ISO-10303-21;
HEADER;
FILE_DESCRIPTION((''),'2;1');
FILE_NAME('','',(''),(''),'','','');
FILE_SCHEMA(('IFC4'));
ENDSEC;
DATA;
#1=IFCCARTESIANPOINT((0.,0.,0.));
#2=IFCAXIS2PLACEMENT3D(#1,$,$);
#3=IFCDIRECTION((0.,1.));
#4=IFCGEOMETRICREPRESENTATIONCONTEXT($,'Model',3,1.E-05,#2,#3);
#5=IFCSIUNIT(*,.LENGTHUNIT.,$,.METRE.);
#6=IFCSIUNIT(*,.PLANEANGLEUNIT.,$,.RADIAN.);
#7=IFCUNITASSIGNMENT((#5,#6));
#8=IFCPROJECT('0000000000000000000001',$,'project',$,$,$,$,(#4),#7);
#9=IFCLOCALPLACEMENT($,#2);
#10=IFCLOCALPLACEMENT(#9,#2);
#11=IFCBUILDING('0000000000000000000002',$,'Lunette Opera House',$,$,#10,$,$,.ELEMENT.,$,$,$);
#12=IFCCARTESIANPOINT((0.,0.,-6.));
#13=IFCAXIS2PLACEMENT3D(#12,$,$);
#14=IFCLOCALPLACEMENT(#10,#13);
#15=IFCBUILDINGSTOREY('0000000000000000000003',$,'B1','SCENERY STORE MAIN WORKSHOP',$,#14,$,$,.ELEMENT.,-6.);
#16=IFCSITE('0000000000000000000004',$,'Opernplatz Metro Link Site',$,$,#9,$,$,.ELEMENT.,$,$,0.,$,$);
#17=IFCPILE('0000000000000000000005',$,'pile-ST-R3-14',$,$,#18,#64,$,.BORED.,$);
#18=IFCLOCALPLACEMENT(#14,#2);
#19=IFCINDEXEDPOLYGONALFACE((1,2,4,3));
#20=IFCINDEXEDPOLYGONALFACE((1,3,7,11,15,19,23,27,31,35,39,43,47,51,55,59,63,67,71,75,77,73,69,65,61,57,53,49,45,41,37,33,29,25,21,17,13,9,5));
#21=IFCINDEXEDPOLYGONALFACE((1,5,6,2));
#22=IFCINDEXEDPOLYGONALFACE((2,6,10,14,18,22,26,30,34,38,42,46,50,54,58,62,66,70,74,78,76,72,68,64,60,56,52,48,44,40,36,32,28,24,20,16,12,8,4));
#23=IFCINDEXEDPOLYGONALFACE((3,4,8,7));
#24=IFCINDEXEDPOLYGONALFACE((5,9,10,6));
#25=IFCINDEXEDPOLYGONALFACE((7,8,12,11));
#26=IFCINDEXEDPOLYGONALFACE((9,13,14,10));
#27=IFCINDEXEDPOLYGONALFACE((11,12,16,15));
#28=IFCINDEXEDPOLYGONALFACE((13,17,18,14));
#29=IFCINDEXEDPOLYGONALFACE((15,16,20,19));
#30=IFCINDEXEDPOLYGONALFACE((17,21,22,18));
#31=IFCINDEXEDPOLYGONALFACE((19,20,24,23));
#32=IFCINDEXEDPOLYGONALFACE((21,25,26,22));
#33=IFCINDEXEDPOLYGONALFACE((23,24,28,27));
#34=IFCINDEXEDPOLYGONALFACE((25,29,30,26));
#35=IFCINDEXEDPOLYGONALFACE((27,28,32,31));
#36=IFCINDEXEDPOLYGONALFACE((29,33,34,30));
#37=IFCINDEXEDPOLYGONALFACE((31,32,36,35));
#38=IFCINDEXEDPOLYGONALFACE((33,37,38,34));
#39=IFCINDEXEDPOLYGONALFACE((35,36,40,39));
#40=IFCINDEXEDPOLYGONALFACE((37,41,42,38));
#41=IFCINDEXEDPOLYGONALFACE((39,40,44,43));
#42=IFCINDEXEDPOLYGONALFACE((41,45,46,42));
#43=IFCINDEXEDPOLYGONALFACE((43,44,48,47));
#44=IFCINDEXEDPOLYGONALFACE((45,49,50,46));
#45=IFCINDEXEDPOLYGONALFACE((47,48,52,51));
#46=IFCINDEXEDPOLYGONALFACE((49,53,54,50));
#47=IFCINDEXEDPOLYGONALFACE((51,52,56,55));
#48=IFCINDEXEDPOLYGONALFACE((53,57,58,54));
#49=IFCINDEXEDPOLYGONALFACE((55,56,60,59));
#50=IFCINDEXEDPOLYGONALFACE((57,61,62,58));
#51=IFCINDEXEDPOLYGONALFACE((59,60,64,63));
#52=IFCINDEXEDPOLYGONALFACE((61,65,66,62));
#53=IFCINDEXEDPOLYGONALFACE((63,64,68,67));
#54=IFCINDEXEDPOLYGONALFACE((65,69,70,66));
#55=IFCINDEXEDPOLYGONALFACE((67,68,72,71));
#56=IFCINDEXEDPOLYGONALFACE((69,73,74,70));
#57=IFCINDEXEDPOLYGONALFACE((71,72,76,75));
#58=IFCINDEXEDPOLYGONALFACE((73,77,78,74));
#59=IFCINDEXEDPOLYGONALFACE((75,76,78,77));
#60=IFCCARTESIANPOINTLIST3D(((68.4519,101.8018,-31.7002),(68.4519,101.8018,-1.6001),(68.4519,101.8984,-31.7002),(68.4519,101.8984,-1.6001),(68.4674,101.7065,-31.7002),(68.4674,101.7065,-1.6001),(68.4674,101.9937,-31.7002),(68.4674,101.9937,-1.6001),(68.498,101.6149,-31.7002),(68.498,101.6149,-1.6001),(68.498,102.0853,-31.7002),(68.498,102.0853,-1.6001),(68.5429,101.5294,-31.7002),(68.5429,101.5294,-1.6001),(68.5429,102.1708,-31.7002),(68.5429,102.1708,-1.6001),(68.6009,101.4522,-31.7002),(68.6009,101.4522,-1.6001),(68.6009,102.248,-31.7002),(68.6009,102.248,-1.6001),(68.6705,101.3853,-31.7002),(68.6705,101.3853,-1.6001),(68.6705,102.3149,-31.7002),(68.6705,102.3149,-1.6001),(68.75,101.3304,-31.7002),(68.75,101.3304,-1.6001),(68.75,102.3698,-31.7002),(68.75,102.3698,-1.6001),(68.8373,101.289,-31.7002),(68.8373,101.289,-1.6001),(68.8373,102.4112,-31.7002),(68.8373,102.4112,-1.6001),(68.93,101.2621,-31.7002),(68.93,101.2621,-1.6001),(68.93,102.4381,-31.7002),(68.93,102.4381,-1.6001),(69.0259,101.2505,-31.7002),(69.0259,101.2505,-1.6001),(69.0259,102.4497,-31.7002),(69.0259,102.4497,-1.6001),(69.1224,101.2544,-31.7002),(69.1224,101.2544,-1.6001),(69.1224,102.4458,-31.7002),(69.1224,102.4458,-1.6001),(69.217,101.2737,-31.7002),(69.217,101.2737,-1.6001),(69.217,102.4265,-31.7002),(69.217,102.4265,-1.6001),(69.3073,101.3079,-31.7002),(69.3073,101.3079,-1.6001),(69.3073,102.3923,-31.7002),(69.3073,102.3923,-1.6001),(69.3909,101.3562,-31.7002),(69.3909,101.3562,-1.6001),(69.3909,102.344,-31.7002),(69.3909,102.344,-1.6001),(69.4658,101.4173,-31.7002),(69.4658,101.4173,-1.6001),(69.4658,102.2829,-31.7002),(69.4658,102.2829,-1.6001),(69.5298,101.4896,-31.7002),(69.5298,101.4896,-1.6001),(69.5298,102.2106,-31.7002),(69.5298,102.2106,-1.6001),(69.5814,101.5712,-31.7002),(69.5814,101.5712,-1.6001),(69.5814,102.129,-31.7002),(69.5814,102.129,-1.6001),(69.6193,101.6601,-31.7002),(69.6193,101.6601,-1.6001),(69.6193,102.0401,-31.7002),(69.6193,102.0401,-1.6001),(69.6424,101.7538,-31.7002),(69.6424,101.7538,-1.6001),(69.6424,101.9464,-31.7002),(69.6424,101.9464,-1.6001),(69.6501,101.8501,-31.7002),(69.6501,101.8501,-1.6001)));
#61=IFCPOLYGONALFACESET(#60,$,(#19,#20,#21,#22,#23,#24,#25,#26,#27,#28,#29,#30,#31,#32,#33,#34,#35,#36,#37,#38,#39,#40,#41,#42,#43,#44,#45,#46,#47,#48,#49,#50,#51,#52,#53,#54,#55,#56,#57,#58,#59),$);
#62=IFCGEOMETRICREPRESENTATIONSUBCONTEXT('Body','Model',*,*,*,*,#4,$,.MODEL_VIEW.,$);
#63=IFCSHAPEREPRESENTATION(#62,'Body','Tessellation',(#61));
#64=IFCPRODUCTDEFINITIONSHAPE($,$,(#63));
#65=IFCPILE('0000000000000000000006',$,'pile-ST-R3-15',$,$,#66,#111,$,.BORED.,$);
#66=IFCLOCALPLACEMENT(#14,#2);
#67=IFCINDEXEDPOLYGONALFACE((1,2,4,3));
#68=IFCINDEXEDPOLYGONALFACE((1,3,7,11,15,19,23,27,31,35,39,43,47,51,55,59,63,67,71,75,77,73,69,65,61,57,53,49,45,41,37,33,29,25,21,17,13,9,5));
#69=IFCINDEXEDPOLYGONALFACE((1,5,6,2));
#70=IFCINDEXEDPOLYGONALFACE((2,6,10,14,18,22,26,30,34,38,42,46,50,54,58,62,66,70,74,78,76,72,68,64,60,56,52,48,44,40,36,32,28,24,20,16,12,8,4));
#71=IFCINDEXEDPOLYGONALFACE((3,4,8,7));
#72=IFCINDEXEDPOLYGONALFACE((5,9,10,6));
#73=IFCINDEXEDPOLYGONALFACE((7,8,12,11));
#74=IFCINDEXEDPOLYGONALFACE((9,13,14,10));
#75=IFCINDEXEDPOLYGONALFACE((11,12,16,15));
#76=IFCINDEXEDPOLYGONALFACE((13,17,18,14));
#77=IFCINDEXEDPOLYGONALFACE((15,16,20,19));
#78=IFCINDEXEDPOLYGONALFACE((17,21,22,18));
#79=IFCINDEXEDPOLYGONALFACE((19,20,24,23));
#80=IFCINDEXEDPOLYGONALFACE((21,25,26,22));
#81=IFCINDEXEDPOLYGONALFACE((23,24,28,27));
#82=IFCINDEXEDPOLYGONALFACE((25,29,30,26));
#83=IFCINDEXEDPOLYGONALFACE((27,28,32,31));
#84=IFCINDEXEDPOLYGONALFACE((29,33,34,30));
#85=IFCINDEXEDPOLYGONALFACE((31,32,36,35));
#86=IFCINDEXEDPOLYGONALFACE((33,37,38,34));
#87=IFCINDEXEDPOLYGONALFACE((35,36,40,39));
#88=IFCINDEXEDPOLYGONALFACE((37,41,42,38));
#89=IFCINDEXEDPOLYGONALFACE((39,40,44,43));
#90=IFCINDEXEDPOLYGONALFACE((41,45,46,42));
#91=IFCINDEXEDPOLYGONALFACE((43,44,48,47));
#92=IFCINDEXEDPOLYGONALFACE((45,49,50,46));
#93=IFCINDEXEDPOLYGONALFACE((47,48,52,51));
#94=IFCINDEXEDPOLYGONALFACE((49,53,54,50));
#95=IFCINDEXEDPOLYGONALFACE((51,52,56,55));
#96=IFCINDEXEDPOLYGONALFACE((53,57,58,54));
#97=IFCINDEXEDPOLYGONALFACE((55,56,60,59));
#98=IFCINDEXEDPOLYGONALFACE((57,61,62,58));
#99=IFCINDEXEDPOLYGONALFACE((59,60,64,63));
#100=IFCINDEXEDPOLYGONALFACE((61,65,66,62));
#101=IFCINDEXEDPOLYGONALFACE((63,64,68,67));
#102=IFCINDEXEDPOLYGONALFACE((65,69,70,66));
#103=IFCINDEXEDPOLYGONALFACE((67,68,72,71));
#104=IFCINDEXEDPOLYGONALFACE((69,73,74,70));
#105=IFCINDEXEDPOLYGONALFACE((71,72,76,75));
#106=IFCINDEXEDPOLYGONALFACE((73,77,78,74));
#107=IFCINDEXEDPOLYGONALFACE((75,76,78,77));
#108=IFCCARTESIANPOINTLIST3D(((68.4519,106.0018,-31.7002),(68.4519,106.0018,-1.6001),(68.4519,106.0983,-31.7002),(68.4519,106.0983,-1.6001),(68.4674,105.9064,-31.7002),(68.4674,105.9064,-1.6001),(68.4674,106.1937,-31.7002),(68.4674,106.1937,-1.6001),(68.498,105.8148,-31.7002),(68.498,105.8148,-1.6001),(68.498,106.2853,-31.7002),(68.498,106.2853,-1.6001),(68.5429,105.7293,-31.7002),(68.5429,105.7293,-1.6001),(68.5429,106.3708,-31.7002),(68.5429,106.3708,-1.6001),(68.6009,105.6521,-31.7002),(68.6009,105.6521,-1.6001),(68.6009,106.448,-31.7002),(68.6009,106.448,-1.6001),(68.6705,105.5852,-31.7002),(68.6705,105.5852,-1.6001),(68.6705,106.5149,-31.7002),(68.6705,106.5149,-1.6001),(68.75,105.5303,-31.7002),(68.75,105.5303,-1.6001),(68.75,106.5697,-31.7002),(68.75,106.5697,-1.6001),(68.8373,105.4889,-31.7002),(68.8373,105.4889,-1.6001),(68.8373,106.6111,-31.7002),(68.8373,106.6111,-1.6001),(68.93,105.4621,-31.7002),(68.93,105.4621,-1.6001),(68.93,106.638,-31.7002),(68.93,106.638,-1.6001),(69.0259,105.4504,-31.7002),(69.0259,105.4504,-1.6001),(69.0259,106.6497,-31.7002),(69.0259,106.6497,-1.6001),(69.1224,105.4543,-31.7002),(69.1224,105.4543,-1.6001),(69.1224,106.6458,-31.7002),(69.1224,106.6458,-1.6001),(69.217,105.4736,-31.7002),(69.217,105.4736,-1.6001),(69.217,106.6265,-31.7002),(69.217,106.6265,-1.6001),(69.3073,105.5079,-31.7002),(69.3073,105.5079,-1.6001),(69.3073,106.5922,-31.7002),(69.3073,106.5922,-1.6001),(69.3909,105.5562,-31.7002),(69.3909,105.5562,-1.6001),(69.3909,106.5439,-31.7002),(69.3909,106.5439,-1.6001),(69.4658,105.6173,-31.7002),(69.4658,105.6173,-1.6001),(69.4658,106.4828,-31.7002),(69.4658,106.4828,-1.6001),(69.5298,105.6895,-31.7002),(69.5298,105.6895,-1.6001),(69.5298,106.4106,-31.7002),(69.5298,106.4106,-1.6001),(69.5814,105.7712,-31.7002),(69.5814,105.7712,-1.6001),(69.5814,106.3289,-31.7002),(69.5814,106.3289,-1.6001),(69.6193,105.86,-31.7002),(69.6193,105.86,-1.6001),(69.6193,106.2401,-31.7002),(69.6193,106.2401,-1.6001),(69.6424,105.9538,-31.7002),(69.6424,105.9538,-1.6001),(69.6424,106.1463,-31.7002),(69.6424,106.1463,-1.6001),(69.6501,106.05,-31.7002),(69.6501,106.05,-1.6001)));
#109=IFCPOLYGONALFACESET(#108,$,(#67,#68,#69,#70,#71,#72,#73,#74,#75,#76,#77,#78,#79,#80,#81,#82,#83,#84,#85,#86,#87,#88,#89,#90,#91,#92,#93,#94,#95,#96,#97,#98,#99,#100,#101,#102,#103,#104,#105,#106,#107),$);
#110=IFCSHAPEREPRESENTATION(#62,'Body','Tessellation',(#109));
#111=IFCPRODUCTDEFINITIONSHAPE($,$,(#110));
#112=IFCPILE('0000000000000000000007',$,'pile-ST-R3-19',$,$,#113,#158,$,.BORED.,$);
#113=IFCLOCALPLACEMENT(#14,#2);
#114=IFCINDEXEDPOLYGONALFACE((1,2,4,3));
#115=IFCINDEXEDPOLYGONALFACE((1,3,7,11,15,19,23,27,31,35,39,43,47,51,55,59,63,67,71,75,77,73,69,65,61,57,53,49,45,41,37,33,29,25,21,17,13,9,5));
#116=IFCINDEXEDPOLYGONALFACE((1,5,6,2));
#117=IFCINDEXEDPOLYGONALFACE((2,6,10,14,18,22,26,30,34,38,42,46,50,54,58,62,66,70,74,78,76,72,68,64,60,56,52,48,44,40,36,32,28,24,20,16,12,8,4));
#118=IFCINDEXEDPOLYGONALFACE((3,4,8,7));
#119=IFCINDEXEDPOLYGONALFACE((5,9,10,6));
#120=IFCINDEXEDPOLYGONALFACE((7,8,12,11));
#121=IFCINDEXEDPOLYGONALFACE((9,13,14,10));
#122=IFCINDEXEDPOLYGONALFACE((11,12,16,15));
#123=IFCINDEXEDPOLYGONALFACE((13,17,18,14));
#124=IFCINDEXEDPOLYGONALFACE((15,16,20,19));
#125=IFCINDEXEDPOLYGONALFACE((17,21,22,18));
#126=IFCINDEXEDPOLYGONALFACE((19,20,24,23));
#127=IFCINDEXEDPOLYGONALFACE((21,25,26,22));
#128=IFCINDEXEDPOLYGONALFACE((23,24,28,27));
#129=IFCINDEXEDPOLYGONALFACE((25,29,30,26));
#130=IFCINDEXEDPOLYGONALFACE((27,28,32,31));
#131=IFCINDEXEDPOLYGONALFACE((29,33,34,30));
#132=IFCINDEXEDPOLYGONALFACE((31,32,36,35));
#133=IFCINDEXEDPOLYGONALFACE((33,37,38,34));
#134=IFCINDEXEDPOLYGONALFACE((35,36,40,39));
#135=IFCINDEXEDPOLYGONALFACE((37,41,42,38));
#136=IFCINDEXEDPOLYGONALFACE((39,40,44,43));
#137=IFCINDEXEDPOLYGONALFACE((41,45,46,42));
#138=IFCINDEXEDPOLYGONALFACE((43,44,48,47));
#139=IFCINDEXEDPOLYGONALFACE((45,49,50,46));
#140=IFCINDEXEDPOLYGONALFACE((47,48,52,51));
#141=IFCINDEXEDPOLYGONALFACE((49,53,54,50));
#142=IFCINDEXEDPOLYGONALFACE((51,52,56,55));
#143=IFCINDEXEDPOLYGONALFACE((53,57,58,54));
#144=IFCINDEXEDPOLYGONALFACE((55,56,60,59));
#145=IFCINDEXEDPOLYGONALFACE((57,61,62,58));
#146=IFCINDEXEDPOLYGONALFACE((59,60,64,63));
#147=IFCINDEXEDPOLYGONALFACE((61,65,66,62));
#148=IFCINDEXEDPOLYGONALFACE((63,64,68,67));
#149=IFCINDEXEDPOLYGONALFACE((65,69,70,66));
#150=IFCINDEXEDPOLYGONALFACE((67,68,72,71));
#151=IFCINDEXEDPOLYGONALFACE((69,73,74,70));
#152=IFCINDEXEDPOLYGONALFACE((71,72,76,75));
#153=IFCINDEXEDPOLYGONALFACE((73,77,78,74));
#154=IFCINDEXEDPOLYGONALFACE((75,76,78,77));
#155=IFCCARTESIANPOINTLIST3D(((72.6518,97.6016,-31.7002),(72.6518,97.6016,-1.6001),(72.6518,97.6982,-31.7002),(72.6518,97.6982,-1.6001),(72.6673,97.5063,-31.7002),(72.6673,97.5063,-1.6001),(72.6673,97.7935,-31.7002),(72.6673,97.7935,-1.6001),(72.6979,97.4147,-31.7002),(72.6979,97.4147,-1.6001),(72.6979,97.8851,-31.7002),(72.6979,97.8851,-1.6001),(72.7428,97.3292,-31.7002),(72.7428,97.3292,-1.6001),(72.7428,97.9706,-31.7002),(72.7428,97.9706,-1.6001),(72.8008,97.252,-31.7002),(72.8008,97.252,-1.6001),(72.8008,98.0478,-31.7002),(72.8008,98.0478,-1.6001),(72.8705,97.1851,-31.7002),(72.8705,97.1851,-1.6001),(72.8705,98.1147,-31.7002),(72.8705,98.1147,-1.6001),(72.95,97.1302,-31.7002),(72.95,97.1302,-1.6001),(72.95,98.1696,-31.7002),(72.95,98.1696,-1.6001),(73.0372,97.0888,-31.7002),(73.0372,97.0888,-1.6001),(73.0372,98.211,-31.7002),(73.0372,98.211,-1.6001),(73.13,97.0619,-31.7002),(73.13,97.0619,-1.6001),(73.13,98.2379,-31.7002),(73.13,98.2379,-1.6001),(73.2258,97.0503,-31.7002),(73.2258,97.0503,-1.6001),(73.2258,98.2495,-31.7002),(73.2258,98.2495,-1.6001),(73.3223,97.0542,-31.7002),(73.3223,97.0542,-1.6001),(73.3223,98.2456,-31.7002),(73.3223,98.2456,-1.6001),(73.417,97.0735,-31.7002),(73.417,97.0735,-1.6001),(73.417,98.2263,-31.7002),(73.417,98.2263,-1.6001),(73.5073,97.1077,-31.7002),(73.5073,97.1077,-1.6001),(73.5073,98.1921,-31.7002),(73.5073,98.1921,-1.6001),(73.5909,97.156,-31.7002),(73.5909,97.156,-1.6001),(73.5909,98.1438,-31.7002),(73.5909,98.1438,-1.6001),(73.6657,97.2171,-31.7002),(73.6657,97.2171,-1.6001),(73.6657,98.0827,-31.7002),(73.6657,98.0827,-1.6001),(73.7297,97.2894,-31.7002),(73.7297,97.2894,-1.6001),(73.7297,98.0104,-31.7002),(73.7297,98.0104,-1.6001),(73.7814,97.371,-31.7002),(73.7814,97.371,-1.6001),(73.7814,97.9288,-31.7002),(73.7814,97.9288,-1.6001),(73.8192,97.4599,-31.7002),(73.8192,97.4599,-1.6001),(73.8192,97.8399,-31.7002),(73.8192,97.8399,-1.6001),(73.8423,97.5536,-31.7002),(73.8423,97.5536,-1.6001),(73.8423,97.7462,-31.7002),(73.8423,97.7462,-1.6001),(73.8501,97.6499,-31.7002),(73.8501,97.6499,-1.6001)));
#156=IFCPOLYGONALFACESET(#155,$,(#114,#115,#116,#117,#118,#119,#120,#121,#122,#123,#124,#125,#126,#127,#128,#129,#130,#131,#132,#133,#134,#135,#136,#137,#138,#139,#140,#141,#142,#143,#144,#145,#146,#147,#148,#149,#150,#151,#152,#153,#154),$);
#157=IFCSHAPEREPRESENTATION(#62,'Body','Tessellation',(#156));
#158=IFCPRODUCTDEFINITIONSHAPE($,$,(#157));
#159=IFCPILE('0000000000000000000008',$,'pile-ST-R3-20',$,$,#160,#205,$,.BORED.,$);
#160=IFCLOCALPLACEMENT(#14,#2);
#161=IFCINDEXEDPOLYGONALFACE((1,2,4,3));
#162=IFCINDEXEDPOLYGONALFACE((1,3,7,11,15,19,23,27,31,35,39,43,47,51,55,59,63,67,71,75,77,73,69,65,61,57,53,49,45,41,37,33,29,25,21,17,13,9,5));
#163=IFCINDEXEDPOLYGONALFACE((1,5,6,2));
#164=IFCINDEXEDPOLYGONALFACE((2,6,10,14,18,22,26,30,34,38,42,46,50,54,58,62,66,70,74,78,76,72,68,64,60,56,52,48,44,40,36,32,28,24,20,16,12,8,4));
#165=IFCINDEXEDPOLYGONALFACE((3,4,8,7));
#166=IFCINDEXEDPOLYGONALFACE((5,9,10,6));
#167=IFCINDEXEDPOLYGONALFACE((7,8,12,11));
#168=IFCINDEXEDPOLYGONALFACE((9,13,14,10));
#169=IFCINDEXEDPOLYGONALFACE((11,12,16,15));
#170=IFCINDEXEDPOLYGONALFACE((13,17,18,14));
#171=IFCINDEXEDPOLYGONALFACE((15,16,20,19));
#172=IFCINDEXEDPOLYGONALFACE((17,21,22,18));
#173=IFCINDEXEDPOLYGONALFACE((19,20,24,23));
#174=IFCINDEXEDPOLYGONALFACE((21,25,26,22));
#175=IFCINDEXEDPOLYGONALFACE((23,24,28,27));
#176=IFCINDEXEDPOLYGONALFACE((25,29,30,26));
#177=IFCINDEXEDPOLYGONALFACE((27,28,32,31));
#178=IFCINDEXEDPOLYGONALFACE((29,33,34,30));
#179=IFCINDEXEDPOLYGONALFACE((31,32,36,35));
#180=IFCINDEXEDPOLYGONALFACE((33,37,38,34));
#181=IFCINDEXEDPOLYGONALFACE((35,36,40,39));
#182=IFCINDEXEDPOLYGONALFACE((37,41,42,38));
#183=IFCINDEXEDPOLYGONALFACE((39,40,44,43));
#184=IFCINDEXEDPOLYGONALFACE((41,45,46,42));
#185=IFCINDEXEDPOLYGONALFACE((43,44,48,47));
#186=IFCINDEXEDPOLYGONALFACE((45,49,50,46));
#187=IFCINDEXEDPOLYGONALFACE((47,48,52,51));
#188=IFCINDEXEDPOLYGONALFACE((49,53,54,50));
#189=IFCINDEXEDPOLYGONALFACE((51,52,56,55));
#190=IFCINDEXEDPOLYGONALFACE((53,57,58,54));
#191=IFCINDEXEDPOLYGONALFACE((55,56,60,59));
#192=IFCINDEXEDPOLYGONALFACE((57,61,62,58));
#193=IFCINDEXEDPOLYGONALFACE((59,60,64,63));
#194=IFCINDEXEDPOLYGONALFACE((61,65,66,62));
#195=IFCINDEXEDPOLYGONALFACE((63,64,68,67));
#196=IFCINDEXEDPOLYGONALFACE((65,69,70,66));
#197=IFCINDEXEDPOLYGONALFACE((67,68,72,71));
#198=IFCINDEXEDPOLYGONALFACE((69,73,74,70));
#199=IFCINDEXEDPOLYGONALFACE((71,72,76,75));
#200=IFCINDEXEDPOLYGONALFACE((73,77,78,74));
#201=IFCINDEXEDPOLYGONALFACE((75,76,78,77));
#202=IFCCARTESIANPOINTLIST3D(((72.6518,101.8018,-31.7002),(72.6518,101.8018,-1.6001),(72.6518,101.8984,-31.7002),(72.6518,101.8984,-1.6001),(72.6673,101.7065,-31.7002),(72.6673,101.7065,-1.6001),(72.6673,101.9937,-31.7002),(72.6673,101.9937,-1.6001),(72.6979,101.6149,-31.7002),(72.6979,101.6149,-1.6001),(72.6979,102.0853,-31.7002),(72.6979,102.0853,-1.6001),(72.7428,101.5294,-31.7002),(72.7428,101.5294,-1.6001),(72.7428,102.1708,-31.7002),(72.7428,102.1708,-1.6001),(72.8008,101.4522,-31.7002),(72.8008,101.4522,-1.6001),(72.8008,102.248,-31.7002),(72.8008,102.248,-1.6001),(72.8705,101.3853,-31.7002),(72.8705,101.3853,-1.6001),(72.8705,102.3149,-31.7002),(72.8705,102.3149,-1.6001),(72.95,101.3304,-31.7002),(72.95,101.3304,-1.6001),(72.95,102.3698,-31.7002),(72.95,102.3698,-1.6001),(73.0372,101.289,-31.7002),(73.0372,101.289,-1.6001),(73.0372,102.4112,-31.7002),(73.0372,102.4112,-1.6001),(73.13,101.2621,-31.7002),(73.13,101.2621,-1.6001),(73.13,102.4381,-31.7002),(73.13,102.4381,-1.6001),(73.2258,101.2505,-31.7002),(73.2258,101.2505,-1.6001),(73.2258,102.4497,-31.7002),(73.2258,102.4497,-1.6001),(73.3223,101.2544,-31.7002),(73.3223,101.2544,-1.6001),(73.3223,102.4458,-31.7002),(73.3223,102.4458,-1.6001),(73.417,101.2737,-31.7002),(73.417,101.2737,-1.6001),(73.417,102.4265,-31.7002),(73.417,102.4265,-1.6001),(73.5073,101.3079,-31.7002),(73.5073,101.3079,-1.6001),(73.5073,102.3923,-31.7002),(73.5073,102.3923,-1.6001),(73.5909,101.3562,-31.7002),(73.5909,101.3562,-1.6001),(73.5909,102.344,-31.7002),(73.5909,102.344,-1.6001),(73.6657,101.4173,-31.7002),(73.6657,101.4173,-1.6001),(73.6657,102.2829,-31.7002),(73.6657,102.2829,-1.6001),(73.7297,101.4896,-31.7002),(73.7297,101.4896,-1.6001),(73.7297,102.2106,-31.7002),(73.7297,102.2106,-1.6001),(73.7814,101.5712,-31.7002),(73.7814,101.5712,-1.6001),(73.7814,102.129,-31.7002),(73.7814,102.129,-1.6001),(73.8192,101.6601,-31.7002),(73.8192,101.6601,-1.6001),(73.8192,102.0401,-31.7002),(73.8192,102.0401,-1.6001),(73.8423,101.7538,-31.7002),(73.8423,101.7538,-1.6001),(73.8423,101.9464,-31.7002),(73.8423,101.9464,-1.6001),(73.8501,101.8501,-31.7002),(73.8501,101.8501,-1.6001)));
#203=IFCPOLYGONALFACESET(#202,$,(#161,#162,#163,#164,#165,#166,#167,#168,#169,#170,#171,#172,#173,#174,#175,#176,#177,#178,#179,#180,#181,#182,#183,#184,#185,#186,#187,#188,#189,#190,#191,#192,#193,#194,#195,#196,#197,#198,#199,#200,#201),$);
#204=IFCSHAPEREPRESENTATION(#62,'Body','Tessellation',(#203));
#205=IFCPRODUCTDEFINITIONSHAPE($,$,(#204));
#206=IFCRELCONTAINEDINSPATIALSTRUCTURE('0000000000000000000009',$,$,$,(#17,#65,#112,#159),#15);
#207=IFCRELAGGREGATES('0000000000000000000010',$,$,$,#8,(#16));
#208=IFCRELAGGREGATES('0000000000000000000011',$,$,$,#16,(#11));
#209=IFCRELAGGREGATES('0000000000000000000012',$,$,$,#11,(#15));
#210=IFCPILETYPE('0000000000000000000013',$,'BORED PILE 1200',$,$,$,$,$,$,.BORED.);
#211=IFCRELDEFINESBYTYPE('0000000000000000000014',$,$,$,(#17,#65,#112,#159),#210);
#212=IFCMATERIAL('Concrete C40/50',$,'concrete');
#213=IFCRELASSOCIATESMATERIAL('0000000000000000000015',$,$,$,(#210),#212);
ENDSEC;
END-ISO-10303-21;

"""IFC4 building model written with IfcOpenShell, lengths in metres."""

from ifc_helpers import new_model, si_unit, direction, frame, origin, origin_2d, place, context, subcontext, project, spatial, circle, extrude, material, material_profile, profile_set, type_object, element, save


model = new_model("IFC4")

# Units and contexts
model_context = context("Model", 3, precision=1e-05, world=origin(), true_north=direction((0.0, 1.0)))
body_context = subcontext(model_context, "Body", "Model", "MODEL_VIEW")
ifc_project = project(units=[si_unit("LENGTHUNIT", "METRE"), si_unit("PLANEANGLEUNIT", "RADIAN")], contexts=[model_context])

# Site, building, storey
site_placement = place(None, origin())
site = spatial("IfcSite", under=ifc_project, at=site_placement, Name="Opernplatz Metro Link Site", CompositionType="ELEMENT", RefElevation=0.0)
building_placement = place(site_placement, origin())
building = spatial("IfcBuilding", under=site, at=building_placement, Name="Lunette Opera House", CompositionType="ELEMENT")
storey_placement = place(building_placement, frame((0.0, 0.0, -6.0)))
storey = spatial("IfcBuildingStorey", under=building, at=storey_placement, Name="B1", Description="SCENERY STORE MAIN WORKSHOP", CompositionType="ELEMENT", Elevation=-6.0)

# Piles
ifc_material_1 = material(Name="Concrete C40/50", Category="concrete")
ifc_material_profile_1 = material_profile(ifc_material_1, circle(Radius=0.6001, at=origin_2d()), Name="BORED PILE 1200")
ifc_profile_set_1 = profile_set([ifc_material_profile_1], Name="Concrete C40/50")
pile_type = type_object("IfcPileType", Name="BORED PILE 1200", PredefinedType="BORED", material=ifc_profile_set_1)
for number, where, z_axis, x_axis, name in (
    (1, (69.05, 101.8501, -1.6001), (0.0, 0.0, -1.0), (1.0, 0.0, 0.0), "pile-ST-R3-14"),
    (2, (69.05, 106.05, -1.6001), (0.0, 0.0, -1.0), (1.0, 0.0, 0.0), "pile-ST-R3-15"),
    (3, (73.25, 97.6499, -1.6001), (0.0, 0.0, -1.0), (1.0, 0.0, 0.0), "pile-ST-R3-19"),
    (4, (73.25, 101.8501, -1.6001), (0.0, 0.0, -1.0), (1.0, 0.0, 0.0), "pile-ST-R3-20"),
):
    element("IfcPile", number, at=place(storey_placement, frame(where, z_axis=z_axis, x_axis=x_axis)), inside=storey, type_object=pile_type, Name=name, PredefinedType="BORED", context=body_context, shape_type="SweptSolid", body=[
        extrude(circle(Radius=0.6001, at=origin_2d()), origin(), (0.0, 0.0, 1.0), 30.1001),
    ])

save(model, "model.ifc")
